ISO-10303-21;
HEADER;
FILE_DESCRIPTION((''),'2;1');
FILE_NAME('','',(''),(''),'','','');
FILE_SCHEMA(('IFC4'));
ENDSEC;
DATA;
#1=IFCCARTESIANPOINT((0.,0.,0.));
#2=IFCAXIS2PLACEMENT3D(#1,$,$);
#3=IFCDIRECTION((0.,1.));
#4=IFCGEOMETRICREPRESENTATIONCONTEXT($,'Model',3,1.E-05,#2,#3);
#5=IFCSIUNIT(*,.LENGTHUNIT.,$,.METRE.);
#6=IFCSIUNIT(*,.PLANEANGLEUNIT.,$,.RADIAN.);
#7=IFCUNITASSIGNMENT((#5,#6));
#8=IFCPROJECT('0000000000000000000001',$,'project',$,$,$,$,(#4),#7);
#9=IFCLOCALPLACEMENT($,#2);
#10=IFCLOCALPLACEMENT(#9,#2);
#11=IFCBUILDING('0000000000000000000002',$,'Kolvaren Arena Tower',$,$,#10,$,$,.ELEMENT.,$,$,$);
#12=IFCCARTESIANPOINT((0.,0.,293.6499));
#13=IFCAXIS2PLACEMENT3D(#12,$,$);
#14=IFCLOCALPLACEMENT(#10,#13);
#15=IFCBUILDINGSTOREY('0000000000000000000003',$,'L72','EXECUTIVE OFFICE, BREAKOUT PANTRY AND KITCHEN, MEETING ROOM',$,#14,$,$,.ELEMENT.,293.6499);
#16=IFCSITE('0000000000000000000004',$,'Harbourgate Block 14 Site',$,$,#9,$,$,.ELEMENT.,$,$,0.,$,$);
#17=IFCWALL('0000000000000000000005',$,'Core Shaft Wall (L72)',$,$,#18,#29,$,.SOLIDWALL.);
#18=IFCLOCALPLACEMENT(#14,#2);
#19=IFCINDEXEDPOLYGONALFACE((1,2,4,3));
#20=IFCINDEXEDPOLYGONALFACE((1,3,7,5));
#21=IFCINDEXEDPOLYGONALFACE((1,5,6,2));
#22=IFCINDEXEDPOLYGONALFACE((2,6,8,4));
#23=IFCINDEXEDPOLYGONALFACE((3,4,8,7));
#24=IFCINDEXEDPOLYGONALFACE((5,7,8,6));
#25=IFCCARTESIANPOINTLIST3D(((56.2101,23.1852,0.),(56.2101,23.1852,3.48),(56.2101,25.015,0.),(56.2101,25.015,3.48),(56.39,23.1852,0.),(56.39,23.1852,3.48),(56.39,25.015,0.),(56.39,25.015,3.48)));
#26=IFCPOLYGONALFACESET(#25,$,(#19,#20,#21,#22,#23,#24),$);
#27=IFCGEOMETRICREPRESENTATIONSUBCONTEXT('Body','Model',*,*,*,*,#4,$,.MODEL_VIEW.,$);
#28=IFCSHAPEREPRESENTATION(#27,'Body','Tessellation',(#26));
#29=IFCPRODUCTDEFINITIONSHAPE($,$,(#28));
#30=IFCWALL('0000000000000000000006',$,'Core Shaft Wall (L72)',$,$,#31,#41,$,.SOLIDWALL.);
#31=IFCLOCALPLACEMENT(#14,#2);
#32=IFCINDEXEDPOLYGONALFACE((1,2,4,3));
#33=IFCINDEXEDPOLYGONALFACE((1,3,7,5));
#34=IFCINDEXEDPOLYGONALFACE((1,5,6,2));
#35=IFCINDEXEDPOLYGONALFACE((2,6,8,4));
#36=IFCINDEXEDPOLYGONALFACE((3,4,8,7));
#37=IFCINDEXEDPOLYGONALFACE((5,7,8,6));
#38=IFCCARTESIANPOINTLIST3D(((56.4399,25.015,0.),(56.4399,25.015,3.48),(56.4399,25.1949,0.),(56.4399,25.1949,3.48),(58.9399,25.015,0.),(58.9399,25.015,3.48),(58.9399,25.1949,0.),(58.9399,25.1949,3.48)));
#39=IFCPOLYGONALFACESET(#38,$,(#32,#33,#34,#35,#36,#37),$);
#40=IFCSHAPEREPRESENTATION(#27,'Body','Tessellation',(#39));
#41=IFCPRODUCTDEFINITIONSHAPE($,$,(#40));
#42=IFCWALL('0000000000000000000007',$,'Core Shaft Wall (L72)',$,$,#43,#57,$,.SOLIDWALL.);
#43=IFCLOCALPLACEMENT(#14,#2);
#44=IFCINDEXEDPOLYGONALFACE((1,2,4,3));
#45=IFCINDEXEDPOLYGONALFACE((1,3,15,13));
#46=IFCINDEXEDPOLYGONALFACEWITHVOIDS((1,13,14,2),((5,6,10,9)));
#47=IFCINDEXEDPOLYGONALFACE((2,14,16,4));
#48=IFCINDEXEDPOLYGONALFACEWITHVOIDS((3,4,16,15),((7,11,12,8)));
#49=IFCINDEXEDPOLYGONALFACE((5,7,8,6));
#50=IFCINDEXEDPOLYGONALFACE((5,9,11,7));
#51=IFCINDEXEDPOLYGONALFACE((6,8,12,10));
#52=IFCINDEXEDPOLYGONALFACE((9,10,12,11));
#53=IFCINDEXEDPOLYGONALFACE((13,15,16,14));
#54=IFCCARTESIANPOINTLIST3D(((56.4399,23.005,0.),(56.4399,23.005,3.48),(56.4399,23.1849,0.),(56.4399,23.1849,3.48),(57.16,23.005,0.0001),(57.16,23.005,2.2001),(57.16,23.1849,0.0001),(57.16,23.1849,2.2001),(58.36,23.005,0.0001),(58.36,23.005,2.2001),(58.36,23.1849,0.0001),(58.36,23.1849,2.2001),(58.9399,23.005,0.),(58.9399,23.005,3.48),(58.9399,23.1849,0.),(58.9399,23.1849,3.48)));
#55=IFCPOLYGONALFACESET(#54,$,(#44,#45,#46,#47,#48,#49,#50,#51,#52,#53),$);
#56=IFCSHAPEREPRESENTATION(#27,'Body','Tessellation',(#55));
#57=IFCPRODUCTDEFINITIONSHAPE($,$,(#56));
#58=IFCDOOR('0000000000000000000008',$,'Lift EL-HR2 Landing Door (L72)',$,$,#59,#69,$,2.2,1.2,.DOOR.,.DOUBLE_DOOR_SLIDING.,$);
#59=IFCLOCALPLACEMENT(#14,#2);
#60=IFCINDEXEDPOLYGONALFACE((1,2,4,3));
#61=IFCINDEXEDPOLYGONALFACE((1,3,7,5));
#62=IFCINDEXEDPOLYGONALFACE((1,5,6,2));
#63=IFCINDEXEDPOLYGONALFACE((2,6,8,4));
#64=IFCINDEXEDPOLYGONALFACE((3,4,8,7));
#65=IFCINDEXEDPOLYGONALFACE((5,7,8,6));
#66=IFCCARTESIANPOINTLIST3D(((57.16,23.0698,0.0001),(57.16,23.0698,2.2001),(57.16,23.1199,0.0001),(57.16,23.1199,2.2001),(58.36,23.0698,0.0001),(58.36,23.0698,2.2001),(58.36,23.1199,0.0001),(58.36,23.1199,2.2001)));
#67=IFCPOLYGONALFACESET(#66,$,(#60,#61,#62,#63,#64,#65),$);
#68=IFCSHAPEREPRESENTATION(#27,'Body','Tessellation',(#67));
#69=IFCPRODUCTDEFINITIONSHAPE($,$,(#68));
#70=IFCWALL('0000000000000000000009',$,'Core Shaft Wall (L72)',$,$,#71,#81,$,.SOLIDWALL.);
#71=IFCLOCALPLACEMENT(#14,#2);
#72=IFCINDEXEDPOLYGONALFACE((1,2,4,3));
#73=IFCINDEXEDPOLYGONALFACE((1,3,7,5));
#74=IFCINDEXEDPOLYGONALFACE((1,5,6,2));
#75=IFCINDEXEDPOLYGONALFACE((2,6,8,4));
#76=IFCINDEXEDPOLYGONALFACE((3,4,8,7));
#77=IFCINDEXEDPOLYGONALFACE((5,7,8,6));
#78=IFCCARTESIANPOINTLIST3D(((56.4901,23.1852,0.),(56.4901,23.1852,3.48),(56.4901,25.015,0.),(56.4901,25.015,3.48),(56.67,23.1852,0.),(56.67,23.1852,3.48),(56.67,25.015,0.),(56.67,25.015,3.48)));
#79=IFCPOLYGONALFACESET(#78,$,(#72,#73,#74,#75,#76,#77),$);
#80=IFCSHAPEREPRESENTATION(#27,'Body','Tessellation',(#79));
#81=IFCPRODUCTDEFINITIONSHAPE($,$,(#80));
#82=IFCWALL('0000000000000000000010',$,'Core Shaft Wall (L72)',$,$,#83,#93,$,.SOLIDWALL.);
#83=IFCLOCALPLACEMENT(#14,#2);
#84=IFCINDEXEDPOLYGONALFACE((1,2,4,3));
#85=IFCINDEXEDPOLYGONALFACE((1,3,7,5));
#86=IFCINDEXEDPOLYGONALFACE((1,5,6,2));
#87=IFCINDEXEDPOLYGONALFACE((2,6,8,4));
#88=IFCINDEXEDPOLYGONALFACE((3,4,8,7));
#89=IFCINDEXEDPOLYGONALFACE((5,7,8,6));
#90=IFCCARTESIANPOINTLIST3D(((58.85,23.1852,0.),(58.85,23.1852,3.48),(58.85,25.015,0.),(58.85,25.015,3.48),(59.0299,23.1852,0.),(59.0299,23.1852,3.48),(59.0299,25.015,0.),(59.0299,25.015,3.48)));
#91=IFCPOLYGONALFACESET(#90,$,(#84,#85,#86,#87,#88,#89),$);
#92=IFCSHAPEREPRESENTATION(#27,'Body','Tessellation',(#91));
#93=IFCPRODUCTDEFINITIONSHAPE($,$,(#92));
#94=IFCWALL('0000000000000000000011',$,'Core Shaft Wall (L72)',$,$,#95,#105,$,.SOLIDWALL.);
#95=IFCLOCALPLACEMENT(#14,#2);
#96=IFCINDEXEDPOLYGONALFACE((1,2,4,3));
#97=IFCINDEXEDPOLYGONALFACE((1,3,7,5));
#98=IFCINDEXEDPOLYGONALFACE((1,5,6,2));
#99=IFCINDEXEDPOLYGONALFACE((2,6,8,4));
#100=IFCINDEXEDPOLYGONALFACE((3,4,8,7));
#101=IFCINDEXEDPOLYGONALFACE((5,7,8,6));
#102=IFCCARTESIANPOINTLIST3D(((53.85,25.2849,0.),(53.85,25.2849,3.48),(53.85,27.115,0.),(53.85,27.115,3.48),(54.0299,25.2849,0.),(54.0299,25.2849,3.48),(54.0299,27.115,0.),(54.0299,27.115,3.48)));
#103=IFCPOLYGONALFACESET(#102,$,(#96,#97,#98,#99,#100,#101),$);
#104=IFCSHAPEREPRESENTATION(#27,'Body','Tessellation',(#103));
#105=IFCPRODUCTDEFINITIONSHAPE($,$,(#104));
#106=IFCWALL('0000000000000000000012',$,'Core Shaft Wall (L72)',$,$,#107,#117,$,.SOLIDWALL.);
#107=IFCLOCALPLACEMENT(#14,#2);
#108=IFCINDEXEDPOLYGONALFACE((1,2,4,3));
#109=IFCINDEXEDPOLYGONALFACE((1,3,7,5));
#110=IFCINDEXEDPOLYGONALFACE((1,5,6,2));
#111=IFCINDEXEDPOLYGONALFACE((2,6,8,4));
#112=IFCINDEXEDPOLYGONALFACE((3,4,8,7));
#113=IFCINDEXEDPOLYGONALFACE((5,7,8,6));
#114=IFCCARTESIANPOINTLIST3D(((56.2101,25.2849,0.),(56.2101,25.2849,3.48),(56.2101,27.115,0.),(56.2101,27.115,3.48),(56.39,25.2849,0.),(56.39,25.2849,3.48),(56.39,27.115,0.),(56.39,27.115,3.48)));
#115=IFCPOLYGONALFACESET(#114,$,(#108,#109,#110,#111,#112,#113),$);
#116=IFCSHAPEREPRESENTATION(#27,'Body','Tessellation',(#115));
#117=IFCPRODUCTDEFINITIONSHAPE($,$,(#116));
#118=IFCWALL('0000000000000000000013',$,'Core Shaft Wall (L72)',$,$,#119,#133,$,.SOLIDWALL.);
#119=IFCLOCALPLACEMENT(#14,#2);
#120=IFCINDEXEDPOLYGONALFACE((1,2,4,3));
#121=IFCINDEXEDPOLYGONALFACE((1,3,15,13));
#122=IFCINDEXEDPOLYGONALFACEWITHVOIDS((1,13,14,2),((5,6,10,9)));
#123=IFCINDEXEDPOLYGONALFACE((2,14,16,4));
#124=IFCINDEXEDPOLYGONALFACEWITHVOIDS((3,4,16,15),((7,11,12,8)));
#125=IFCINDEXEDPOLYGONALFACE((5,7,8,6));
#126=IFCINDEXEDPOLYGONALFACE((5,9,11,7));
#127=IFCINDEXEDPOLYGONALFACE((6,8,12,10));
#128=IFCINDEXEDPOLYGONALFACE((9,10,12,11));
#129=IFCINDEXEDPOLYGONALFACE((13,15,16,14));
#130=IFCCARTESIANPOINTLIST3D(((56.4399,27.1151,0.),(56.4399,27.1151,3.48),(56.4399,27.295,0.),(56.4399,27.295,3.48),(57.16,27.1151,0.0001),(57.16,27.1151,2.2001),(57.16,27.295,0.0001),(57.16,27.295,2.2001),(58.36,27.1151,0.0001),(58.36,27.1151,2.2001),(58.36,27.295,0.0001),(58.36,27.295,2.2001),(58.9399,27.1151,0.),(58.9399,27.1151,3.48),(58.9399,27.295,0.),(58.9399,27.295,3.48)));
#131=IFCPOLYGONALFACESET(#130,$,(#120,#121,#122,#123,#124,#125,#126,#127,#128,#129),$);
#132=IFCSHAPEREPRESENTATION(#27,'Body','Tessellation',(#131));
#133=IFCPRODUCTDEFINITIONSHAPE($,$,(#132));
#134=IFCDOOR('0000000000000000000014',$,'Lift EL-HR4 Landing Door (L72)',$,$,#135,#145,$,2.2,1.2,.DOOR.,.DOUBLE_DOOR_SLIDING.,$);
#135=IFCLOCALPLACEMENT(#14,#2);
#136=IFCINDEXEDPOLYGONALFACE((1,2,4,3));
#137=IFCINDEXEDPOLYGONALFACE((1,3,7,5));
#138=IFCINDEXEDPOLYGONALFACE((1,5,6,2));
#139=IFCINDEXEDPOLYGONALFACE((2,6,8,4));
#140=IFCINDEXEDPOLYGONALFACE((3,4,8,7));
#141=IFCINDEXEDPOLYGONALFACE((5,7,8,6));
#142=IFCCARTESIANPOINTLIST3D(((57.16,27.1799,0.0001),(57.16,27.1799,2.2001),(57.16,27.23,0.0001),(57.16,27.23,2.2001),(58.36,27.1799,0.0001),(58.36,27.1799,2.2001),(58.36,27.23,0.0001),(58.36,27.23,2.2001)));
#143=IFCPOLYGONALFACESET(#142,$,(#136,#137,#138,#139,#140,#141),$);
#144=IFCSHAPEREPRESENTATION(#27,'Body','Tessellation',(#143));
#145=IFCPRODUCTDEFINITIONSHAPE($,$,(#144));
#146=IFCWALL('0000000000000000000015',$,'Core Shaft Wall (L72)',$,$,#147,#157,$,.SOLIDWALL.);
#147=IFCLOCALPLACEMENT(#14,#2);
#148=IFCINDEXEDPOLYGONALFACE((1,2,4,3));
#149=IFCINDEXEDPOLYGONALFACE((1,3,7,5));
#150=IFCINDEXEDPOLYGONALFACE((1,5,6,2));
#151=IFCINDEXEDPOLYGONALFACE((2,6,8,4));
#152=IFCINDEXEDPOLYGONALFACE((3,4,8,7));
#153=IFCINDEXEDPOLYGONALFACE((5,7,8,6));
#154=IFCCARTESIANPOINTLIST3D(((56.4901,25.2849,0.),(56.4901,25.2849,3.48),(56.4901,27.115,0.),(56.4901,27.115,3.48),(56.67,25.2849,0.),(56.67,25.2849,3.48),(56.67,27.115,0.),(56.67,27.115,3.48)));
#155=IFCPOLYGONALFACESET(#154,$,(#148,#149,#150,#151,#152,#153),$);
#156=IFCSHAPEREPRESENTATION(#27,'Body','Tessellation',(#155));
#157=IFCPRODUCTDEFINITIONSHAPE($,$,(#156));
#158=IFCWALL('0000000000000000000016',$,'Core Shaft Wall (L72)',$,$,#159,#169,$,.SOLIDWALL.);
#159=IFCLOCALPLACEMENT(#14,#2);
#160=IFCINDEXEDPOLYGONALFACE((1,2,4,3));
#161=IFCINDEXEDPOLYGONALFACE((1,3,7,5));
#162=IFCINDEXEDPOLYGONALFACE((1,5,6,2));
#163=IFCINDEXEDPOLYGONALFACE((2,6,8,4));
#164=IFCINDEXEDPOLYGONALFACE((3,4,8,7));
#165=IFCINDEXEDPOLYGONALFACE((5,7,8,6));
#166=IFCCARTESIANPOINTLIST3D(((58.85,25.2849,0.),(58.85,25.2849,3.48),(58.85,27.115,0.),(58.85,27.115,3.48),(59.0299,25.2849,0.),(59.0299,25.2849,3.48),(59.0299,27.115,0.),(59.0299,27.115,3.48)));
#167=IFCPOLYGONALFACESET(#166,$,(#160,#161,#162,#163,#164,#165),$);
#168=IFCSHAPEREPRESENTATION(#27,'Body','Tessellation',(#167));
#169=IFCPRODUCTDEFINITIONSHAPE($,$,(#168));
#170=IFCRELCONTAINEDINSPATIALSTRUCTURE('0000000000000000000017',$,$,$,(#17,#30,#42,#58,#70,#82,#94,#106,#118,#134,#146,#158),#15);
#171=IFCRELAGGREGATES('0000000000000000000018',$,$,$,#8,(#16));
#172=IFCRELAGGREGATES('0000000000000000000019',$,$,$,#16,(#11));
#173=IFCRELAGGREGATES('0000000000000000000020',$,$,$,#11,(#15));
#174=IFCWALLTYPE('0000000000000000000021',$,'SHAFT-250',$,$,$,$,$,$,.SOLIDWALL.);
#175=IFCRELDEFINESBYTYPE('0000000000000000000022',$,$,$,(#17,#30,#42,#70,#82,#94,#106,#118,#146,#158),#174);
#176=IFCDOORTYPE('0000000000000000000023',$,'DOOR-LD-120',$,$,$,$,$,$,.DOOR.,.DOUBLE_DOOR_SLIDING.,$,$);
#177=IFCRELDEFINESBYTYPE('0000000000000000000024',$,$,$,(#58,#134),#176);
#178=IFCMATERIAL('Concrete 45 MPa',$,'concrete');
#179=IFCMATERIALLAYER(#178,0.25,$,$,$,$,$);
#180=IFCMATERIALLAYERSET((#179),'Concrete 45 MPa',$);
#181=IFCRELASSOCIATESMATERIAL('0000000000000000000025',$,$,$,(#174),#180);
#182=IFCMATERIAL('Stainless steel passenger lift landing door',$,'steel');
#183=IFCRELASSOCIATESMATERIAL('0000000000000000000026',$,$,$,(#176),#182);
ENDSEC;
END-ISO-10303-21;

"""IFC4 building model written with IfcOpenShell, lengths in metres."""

from ifc_helpers import new_model, si_unit, direction, frame, frame_2d, origin, place, context, subcontext, project, spatial, rectangle, extrude, material, layer, layer_set, type_object, element, fill, save


model = new_model("IFC4")

# Units and contexts
model_context = context("Model", 3, precision=1e-05, world=origin(), true_north=direction((0.0, 1.0)))
body_context = subcontext(model_context, "Body", "Model", "MODEL_VIEW")
ifc_project = project(units=[si_unit("LENGTHUNIT", "METRE"), si_unit("PLANEANGLEUNIT", "RADIAN")], contexts=[model_context])

# Site, building, storey
site_placement = place(None, origin())
site = spatial("IfcSite", under=ifc_project, at=site_placement, Name="Harbourgate Block 14 Site", CompositionType="ELEMENT", RefElevation=0.0)
building_placement = place(site_placement, origin())
building = spatial("IfcBuilding", under=site, at=building_placement, Name="Kolvaren Arena Tower", CompositionType="ELEMENT")
storey_placement = place(building_placement, frame((0.0, 0.0, 293.6499)))
storey = spatial("IfcBuildingStorey", under=building, at=storey_placement, Name="L72", Description="EXECUTIVE OFFICE, BREAKOUT PANTRY AND KITCHEN, MEETING ROOM", CompositionType="ELEMENT", Elevation=293.6499)

# Shared definitions
ifc_material_1 = material(Name="Concrete 45 MPa", Category="concrete")
ifc_layer_1 = layer(ifc_material_1, 0.25)
ifc_layer_set_1 = layer_set([ifc_layer_1], Name="Concrete 45 MPa")
wall_type_1 = type_object("IfcWallType", Name="SHAFT-250", PredefinedType="SOLIDWALL", material=ifc_layer_set_1)

# Shared definitions
ifc_material_2 = material(Name="Stainless steel passenger lift landing door", Category="steel")
door_type = type_object("IfcDoorType", Name="DOOR-LD-120", OperationType="DOUBLE_DOOR_SLIDING", PredefinedType="DOOR", material=ifc_material_2)

# Walls
for number, where, z_axis, x_axis, name in (
    (1, (56.3, 23.1851, 0.0), (0.0, 0.0, 1.0), (0.0, 1.0, 0.0), "Core Shaft Wall (L72)"),
):
    element("IfcWall", number, at=place(storey_placement, frame(where, z_axis=z_axis, x_axis=x_axis)), inside=storey, type_object=wall_type_1, Name=name, PredefinedType="SOLIDWALL", context=body_context, shape_type="SweptSolid", body=[
        extrude(rectangle(XDim=1.8298, YDim=0.1799, at=frame_2d((0.915, 0.0))), origin(), (0.0, 0.0, 1.0), 3.48),
    ])
wall_1_placement = place(storey_placement, frame((56.4399, 25.105, 0.0), z_axis=(0.0, 0.0, 1.0), x_axis=(1.0, 0.0, 0.0)))
element("IfcWall", 2, at=wall_1_placement, inside=storey, type_object=wall_type_1, Name="Core Shaft Wall (L72)", PredefinedType="SOLIDWALL", context=body_context, shape_type="SweptSolid", body=[
    extrude(rectangle(XDim=2.5, YDim=0.1799, at=frame_2d((1.25, 0.0))), origin(), (0.0, 0.0, 1.0), 3.48),
])

# Wall, opening, door
wall_2_placement = place(storey_placement, frame((56.4399, 23.095, 0.0), z_axis=(0.0, 0.0, 1.0), x_axis=(1.0, 0.0, 0.0)))
wall_2 = element("IfcWall", 3, at=wall_2_placement, inside=storey, type_object=wall_type_1, Name="Core Shaft Wall (L72)", PredefinedType="SOLIDWALL", context=body_context, shape_type="SweptSolid", body=[
    extrude(rectangle(XDim=2.5, YDim=0.1799, at=frame_2d((1.25, 0.0))), origin(), (0.0, 0.0, 1.0), 3.48),
])
opening_1_placement = place(wall_2_placement, frame((0.72, 0.0, 0.0)))
opening_1 = element("IfcOpeningElement", 4, at=opening_1_placement, cuts=wall_2, PredefinedType="OPENING", context=body_context, shape_type="SweptSolid", body=[
    extrude(rectangle(XDim=1.2, YDim=2.2, at=frame_2d((0.6001, 1.1001))), frame((0.0, 0.0999, 0.0), z_axis=(0.0, -1.0, 0.0), x_axis=(1.0, 0.0, 0.0)), (0.0, 0.0, 1.0), 0.2),
])
door_1_placement = place(opening_1_placement, origin())
door_1 = element("IfcDoor", 5, at=door_1_placement, inside=storey, type_object=door_type, Name="Lift EL-HR2 Landing Door (L72)", OperationType="DOUBLE_DOOR_SLIDING", OverallHeight=2.2, OverallWidth=1.2, PredefinedType="DOOR", context=body_context, shape_type="SweptSolid", body=[
    extrude(rectangle(XDim=1.2, YDim=2.2, at=frame_2d((0.6001, 1.1001))), frame((0.0, 0.0249, 0.0), z_axis=(0.0, -1.0, 0.0), x_axis=(1.0, 0.0, 0.0)), (0.0, 0.0, 1.0), 0.05),
])
fill(opening_1, door_1)

# Walls
for number, where, z_axis, x_axis, name in (
    (6, (56.5801, 23.1851, 0.0), (0.0, 0.0, 1.0), (0.0, 1.0, 0.0), "Core Shaft Wall (L72)"),
    (7, (58.9399, 23.1851, 0.0), (0.0, 0.0, 1.0), (0.0, 1.0, 0.0), "Core Shaft Wall (L72)"),
):
    element("IfcWall", number, at=place(storey_placement, frame(where, z_axis=z_axis, x_axis=x_axis)), inside=storey, type_object=wall_type_1, Name=name, PredefinedType="SOLIDWALL", context=body_context, shape_type="SweptSolid", body=[
        extrude(rectangle(XDim=1.8298, YDim=0.1799, at=frame_2d((0.915, 0.0))), origin(), (0.0, 0.0, 1.0), 3.48),
    ])
for number, where, z_axis, x_axis, name in (
    (8, (53.9399, 25.2849, 0.0), (0.0, 0.0, 1.0), (0.0, 1.0, 0.0), "Core Shaft Wall (L72)"),
    (9, (56.3, 25.2849, 0.0), (0.0, 0.0, 1.0), (0.0, 1.0, 0.0), "Core Shaft Wall (L72)"),
):
    element("IfcWall", number, at=place(storey_placement, frame(where, z_axis=z_axis, x_axis=x_axis)), inside=storey, type_object=wall_type_1, Name=name, PredefinedType="SOLIDWALL", context=body_context, shape_type="SweptSolid", body=[
        extrude(rectangle(XDim=1.8301, YDim=0.1799, at=frame_2d((0.915, 0.0))), origin(), (0.0, 0.0, 1.0), 3.48),
    ])

# Wall, opening, door
wall_3_placement = place(storey_placement, frame((56.4399, 27.2051, 0.0), z_axis=(0.0, 0.0, 1.0), x_axis=(1.0, 0.0, 0.0)))
wall_3 = element("IfcWall", 10, at=wall_3_placement, inside=storey, type_object=wall_type_1, Name="Core Shaft Wall (L72)", PredefinedType="SOLIDWALL", context=body_context, shape_type="SweptSolid", body=[
    extrude(rectangle(XDim=2.5, YDim=0.1799, at=frame_2d((1.25, 0.0))), origin(), (0.0, 0.0, 1.0), 3.48),
])
opening_2_placement = place(wall_3_placement, frame((0.72, 0.0, 0.0)))
opening_2 = element("IfcOpeningElement", 11, at=opening_2_placement, cuts=wall_3, PredefinedType="OPENING", context=body_context, shape_type="SweptSolid", body=[
    extrude(rectangle(XDim=1.2, YDim=2.2, at=frame_2d((0.6001, 1.1001))), frame((0.0, 0.0999, 0.0), z_axis=(0.0, -1.0, 0.0), x_axis=(1.0, 0.0, 0.0)), (0.0, 0.0, 1.0), 0.2),
])
door_2_placement = place(opening_2_placement, origin())
door_2 = element("IfcDoor", 12, at=door_2_placement, inside=storey, type_object=door_type, Name="Lift EL-HR4 Landing Door (L72)", OperationType="DOUBLE_DOOR_SLIDING", OverallHeight=2.2, OverallWidth=1.2, PredefinedType="DOOR", context=body_context, shape_type="SweptSolid", body=[
    extrude(rectangle(XDim=1.2, YDim=2.2, at=frame_2d((0.6001, 1.1001))), frame((0.0, 0.0249, 0.0), z_axis=(0.0, -1.0, 0.0), x_axis=(1.0, 0.0, 0.0)), (0.0, 0.0, 1.0), 0.05),
])
fill(opening_2, door_2)

# Walls
for number, where, z_axis, x_axis, name in (
    (13, (56.5801, 25.2849, 0.0), (0.0, 0.0, 1.0), (0.0, 1.0, 0.0), "Core Shaft Wall (L72)"),
    (14, (58.9399, 25.2849, 0.0), (0.0, 0.0, 1.0), (0.0, 1.0, 0.0), "Core Shaft Wall (L72)"),
):
    element("IfcWall", number, at=place(storey_placement, frame(where, z_axis=z_axis, x_axis=x_axis)), inside=storey, type_object=wall_type_1, Name=name, PredefinedType="SOLIDWALL", context=body_context, shape_type="SweptSolid", body=[
        extrude(rectangle(XDim=1.8301, YDim=0.1799, at=frame_2d((0.915, 0.0))), origin(), (0.0, 0.0, 1.0), 3.48),
    ])

save(model, "model.ifc")
